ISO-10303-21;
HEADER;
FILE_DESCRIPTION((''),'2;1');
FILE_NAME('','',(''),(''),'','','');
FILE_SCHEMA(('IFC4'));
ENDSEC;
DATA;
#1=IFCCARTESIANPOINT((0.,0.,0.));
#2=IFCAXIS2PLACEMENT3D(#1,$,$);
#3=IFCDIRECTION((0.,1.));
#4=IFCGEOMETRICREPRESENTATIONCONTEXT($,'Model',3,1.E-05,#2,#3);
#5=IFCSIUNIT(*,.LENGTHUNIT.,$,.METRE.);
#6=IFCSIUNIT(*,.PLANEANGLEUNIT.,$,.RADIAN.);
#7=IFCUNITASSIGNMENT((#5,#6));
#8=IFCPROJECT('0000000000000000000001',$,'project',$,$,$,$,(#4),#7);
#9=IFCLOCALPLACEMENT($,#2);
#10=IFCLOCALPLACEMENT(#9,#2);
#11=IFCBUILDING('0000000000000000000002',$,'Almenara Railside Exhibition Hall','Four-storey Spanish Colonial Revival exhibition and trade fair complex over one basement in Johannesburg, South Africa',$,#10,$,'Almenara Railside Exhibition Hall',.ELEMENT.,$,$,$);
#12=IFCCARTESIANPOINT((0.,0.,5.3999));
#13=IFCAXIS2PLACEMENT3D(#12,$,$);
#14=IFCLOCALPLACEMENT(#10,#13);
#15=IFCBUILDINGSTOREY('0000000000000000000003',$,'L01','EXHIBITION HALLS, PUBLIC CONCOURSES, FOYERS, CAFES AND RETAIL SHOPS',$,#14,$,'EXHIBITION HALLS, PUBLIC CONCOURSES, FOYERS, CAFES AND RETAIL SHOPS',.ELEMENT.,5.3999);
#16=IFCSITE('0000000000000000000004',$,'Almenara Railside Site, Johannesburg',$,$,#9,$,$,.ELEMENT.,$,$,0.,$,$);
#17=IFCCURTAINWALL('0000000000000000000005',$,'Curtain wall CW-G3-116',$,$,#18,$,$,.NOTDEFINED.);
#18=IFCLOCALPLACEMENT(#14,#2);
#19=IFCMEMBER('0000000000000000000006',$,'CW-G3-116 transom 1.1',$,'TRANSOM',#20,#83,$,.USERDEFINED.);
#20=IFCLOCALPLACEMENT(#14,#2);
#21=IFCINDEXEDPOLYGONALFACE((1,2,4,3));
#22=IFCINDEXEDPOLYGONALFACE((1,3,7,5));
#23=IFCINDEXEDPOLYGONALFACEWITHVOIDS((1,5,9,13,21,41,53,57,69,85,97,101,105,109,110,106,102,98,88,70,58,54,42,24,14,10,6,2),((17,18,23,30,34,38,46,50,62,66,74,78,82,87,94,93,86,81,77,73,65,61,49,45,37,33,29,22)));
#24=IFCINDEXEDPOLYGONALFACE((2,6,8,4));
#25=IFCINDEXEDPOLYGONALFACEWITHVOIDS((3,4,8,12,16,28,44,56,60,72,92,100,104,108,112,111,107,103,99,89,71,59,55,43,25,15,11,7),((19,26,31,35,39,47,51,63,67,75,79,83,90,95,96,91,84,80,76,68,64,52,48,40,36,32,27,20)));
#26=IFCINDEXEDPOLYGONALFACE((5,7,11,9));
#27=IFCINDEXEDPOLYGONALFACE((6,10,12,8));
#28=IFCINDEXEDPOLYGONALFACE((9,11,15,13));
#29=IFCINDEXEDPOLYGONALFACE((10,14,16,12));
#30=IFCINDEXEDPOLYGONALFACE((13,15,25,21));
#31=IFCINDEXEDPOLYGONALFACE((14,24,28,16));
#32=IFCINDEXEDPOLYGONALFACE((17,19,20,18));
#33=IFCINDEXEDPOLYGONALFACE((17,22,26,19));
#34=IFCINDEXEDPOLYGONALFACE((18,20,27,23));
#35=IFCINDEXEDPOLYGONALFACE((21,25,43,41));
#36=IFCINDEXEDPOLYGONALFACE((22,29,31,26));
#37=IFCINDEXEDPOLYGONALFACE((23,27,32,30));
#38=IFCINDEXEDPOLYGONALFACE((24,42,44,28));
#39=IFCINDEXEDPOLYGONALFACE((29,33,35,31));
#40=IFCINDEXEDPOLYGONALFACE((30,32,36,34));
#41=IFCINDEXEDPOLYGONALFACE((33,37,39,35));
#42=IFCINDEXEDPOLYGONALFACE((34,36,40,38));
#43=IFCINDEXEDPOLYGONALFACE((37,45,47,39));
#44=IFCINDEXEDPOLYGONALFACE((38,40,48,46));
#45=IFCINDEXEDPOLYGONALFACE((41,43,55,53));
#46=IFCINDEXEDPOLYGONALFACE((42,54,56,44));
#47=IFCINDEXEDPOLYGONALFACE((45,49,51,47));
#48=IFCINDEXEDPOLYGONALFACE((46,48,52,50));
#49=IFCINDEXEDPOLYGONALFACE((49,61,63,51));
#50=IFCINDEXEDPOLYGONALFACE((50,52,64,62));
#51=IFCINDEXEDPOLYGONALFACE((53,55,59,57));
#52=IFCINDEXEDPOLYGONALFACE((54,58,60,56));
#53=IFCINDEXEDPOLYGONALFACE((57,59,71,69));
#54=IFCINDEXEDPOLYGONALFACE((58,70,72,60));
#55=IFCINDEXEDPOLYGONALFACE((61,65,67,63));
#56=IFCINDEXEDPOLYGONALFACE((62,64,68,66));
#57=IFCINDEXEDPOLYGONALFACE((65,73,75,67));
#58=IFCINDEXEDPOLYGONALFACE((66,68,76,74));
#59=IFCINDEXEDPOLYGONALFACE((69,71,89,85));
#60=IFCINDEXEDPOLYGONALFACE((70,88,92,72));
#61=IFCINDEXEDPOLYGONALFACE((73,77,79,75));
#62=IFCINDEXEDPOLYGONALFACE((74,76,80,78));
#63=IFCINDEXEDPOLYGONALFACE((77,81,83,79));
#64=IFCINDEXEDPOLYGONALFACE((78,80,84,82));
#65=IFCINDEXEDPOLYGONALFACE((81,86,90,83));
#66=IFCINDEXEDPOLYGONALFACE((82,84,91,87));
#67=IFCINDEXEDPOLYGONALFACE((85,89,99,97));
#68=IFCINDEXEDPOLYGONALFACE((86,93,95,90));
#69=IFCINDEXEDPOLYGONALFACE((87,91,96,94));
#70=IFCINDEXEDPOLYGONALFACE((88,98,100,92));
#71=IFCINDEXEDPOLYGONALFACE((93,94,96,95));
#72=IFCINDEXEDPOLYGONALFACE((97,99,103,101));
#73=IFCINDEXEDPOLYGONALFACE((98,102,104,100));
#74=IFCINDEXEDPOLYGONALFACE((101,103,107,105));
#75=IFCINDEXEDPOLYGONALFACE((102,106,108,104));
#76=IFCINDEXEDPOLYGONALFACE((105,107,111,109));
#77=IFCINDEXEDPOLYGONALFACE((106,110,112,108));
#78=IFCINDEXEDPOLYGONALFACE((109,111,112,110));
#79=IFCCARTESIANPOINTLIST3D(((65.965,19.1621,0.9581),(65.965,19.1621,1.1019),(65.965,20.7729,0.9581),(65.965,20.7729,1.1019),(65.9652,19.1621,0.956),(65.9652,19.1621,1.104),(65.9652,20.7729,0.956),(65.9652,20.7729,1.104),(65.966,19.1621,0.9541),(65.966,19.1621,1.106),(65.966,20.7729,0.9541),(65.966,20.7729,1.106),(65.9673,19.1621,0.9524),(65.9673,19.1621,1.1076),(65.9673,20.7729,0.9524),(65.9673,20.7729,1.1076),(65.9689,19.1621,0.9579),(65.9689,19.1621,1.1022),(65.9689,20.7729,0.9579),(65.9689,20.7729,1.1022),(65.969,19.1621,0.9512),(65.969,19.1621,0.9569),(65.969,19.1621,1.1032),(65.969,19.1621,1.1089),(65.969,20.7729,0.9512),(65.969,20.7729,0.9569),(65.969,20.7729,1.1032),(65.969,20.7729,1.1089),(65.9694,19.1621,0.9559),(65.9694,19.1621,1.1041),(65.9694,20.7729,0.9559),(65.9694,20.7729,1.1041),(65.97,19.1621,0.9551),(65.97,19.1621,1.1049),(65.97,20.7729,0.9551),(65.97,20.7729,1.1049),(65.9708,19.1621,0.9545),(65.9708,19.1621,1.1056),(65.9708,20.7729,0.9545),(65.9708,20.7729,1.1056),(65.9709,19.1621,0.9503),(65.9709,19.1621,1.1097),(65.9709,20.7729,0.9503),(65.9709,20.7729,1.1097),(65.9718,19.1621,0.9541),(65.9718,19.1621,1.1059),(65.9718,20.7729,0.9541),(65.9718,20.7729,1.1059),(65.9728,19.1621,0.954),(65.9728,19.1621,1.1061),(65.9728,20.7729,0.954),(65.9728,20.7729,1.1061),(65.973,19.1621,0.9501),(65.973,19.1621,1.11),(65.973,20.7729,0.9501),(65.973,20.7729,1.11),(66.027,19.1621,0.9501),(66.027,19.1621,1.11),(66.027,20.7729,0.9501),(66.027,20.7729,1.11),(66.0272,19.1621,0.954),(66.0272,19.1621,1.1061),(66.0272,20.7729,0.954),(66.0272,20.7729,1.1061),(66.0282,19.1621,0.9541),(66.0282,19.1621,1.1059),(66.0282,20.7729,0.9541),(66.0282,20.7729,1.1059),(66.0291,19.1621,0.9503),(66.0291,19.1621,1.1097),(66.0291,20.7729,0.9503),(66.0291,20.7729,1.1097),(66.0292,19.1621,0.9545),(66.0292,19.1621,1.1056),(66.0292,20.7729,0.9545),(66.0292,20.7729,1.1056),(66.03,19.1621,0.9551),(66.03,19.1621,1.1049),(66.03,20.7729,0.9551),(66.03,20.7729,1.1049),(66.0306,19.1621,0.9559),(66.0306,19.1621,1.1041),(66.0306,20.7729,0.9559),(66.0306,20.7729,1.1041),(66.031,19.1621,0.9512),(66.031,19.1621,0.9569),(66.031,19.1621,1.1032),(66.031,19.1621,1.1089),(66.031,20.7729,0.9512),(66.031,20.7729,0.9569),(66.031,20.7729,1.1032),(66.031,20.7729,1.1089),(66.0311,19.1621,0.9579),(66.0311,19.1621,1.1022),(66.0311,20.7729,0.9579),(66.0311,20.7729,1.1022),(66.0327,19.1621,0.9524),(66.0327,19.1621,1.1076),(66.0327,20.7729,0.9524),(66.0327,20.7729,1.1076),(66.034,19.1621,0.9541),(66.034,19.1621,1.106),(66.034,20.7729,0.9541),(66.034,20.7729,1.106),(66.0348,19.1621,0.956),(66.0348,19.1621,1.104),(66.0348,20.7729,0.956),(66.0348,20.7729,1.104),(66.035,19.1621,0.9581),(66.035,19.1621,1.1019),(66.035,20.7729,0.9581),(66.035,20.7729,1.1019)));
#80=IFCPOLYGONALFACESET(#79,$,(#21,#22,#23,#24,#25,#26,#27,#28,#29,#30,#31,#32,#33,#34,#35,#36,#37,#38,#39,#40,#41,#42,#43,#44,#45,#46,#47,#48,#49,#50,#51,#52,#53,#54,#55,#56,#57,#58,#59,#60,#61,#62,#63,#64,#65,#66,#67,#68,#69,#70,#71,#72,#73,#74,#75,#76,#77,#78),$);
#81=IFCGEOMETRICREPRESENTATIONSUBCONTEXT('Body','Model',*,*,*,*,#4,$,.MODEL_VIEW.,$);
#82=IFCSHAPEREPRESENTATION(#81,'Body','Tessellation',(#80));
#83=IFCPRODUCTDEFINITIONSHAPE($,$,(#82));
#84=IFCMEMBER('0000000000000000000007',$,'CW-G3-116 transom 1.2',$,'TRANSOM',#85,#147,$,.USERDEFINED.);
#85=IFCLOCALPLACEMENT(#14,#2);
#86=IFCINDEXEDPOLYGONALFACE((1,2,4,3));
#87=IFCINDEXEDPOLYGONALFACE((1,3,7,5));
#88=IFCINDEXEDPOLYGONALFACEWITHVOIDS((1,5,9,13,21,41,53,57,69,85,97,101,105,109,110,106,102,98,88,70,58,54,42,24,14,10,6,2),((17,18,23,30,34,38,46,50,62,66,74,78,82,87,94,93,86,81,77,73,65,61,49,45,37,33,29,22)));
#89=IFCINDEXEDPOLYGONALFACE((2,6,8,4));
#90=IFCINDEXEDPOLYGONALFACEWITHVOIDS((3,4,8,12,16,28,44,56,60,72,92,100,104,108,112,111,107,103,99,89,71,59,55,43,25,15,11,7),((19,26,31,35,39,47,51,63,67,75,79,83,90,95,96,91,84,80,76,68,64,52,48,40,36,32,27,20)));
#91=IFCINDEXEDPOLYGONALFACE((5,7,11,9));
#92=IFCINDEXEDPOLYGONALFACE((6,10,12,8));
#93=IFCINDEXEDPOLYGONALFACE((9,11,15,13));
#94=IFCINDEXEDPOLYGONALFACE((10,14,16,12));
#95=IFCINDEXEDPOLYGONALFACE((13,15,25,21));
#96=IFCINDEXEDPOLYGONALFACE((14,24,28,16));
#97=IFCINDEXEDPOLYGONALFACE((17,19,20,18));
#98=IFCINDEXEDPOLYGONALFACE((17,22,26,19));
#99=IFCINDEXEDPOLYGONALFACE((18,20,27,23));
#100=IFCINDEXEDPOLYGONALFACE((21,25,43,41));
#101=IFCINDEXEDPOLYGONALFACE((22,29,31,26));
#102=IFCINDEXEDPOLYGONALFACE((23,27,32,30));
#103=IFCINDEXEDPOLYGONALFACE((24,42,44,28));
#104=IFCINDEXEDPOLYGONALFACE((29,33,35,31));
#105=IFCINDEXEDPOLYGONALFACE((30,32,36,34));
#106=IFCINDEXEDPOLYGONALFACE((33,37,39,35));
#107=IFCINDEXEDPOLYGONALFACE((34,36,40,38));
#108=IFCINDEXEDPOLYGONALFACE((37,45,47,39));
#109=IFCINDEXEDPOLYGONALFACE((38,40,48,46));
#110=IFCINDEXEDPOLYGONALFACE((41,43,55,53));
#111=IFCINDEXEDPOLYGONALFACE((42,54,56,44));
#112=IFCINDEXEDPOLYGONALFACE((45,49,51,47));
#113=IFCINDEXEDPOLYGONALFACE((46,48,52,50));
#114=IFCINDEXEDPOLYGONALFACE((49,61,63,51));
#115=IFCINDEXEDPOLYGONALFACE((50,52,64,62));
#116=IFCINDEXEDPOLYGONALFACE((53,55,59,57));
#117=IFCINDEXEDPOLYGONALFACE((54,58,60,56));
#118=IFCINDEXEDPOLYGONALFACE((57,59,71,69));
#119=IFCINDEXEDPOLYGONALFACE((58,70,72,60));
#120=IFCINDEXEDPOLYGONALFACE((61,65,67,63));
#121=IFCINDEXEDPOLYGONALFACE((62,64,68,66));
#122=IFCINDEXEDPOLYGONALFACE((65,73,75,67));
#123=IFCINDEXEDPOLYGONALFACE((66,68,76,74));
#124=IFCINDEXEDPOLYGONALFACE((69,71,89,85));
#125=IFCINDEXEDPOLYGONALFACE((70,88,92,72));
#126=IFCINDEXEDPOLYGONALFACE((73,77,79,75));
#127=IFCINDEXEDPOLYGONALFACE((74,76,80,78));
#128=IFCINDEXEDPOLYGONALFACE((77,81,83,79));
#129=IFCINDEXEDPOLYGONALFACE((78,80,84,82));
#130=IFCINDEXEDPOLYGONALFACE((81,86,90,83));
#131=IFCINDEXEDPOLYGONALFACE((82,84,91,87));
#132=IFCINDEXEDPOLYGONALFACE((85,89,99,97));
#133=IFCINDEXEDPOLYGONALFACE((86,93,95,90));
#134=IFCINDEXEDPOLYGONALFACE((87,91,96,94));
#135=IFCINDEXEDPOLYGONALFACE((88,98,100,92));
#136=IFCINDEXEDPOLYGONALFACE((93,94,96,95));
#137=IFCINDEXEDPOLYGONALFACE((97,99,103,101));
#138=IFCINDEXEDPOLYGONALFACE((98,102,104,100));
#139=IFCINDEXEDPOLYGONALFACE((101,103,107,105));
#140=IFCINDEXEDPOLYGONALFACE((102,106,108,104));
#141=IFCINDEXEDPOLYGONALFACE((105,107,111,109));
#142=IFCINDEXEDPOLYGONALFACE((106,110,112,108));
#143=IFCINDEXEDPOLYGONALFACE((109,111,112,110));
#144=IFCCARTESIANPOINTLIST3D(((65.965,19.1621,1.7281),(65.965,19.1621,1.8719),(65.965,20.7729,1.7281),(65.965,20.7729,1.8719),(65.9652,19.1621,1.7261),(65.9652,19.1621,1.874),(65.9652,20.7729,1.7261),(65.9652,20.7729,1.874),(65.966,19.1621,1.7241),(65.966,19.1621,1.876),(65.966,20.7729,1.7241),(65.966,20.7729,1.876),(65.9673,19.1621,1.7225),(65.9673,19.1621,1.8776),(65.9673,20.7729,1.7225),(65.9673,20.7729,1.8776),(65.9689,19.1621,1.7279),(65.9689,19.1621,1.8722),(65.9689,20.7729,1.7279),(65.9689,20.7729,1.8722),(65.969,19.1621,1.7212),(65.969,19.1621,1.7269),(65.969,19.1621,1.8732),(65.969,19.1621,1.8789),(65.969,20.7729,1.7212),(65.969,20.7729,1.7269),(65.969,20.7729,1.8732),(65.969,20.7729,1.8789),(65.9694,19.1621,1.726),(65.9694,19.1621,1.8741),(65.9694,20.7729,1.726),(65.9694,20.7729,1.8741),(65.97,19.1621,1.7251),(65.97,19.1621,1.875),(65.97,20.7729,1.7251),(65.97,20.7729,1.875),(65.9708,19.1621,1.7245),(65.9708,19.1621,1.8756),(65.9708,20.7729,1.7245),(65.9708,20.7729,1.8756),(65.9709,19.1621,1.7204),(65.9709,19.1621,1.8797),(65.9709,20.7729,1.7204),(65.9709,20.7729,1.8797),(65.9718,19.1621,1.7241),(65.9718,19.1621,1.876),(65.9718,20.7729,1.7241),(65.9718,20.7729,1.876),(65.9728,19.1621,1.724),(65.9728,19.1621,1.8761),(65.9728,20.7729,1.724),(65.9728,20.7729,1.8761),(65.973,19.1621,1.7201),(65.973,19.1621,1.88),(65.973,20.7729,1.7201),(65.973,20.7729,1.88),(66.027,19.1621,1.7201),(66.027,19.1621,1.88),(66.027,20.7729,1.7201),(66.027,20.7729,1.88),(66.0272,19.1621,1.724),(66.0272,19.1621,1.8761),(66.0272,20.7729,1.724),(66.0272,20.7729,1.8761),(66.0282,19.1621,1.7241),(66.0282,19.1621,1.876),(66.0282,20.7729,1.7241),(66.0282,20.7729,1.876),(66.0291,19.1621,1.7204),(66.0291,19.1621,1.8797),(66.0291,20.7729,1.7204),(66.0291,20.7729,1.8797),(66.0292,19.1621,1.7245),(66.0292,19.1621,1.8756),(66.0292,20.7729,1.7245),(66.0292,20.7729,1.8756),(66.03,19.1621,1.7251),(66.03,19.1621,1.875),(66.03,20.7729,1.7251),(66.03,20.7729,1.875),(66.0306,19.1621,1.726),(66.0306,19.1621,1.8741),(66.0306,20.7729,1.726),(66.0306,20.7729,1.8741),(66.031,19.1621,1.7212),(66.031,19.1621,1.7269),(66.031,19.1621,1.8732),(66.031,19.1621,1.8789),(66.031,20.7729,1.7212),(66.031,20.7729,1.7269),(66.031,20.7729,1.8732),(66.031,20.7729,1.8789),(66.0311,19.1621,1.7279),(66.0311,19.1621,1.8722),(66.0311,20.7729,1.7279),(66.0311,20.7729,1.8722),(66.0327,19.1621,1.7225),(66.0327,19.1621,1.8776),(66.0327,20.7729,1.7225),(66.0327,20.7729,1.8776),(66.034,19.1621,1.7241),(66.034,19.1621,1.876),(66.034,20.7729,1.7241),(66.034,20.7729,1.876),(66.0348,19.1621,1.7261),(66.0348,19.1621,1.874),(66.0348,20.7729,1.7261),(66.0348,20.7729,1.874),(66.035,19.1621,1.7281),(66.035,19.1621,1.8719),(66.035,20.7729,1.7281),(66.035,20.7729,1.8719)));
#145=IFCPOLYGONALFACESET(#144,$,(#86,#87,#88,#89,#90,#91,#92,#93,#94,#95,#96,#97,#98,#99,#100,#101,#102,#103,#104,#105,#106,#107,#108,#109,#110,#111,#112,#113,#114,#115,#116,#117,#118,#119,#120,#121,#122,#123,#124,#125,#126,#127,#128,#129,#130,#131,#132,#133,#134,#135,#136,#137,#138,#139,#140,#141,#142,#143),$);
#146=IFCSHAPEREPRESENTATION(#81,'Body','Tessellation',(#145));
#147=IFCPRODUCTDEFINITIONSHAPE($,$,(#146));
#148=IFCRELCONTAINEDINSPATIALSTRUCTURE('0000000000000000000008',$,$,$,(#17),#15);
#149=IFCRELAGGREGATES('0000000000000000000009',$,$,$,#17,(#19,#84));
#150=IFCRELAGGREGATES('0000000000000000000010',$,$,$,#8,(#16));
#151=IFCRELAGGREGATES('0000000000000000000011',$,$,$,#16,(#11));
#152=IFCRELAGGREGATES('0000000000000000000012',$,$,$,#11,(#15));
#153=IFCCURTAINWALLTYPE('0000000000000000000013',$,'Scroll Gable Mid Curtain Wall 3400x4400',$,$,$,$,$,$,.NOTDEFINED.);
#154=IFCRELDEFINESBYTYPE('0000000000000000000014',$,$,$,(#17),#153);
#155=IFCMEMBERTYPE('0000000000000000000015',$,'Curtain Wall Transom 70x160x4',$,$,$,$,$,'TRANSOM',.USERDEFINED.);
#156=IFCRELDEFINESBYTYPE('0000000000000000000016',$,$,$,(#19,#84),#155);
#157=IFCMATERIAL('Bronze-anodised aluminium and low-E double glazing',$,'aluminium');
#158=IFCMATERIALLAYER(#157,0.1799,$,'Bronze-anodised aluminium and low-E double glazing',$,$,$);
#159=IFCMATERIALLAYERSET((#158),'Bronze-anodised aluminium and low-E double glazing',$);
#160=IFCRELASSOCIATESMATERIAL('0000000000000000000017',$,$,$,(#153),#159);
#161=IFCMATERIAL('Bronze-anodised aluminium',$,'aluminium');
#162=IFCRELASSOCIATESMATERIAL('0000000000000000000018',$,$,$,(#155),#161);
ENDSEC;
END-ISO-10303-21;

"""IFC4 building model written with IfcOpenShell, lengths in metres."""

from ifc_helpers import new_model, si_unit, direction, frame, origin, origin_2d, place, context, subcontext, project, spatial, hollow_rectangle, extrude, material, layer, layer_set, material_profile, profile_set, type_object, element, aggregate, save


model = new_model("IFC4")

# Units and contexts
model_context = context("Model", 3, precision=1e-05, world=origin(), true_north=direction((0.0, 1.0)))
body_context = subcontext(model_context, "Body", "Model", "MODEL_VIEW")
ifc_project = project(units=[si_unit("LENGTHUNIT", "METRE"), si_unit("PLANEANGLEUNIT", "RADIAN")], contexts=[model_context])

# Site, building, storey
site_placement = place(None, origin())
site = spatial("IfcSite", under=ifc_project, at=site_placement, Name="Almenara Railside Site, Johannesburg", CompositionType="ELEMENT", RefElevation=0.0)
building_placement = place(site_placement, origin())
building = spatial("IfcBuilding", under=site, at=building_placement, Name="Almenara Railside Exhibition Hall", Description="Four-storey Spanish Colonial Revival exhibition and trade fair complex over one basement in Johannesburg, South Africa", LongName="Almenara Railside Exhibition Hall", CompositionType="ELEMENT")
storey_placement = place(building_placement, frame((0.0, 0.0, 5.3999)))
storey = spatial("IfcBuildingStorey", under=building, at=storey_placement, Name="L01", Description="EXHIBITION HALLS, PUBLIC CONCOURSES, FOYERS, CAFES AND RETAIL SHOPS", LongName="EXHIBITION HALLS, PUBLIC CONCOURSES, FOYERS, CAFES AND RETAIL SHOPS", CompositionType="ELEMENT", Elevation=5.3999)

# Shared definitions
ifc_material_1 = material(Name="Bronze-anodised aluminium and low-E double glazing", Category="aluminium")
ifc_layer_1 = layer(ifc_material_1, 0.1799, Name="Bronze-anodised aluminium and low-E double glazing")
ifc_layer_set_1 = layer_set([ifc_layer_1], Name="Bronze-anodised aluminium and low-E double glazing")
curtain_wall_type_1 = type_object("IfcCurtainWallType", Name="Scroll Gable Mid Curtain Wall 3400x4400", PredefinedType="NOTDEFINED", material=ifc_layer_set_1)
ifc_material_2 = material(Name="Bronze-anodised aluminium", Category="aluminium")

# Curtain wall
curtain_wall_1_placement = place(storey_placement, origin())
curtain_wall_1 = element("IfcCurtainWall", 1, at=curtain_wall_1_placement, inside=storey, type_object=curtain_wall_type_1, Name="Curtain wall CW-G3-116", PredefinedType="NOTDEFINED")

# Members
ifc_material_profile_1 = material_profile(ifc_material_2, hollow_rectangle(XDim=0.0701, YDim=0.1599, WallThickness=0.0039, InnerFilletRadius=0.0039, OuterFilletRadius=0.0081, at=origin_2d()), Name="ALU-TRN 70x160x4")
ifc_profile_set_1 = profile_set([ifc_material_profile_1], Name="Bronze-anodised aluminium")
member_type_1 = type_object("IfcMemberType", Name="Curtain Wall Transom 70x160x4", ElementType="TRANSOM", PredefinedType="USERDEFINED", material=ifc_profile_set_1)
member_1_placement = place(storey_placement, frame((66.0, 19.1621, 1.03), z_axis=(0.0, 1.0, 0.0), x_axis=(-1.0, 0.0, 0.0)))
member_1 = element("IfcMember", 2, at=member_1_placement, type_object=member_type_1, Name="CW-G3-116 transom 1.1", ObjectType="TRANSOM", PredefinedType="USERDEFINED", context=body_context, shape_type="SweptSolid", body=[
    extrude(hollow_rectangle(XDim=0.0701, YDim=0.1599, WallThickness=0.0039, InnerFilletRadius=0.0039, OuterFilletRadius=0.0081, at=origin_2d()), origin(), (0.0, 0.0, 1.0), 1.6108),
])
member_2_placement = place(storey_placement, frame((66.0, 19.1621, 1.8), z_axis=(0.0, 1.0, 0.0), x_axis=(-1.0, 0.0, 0.0)))
member_2 = element("IfcMember", 3, at=member_2_placement, type_object=member_type_1, Name="CW-G3-116 transom 1.2", ObjectType="TRANSOM", PredefinedType="USERDEFINED", context=body_context, shape_type="SweptSolid", body=[
    extrude(hollow_rectangle(XDim=0.0701, YDim=0.1599, WallThickness=0.0039, InnerFilletRadius=0.0039, OuterFilletRadius=0.0081, at=origin_2d()), origin(), (0.0, 0.0, 1.0), 1.6108),
])

aggregate(curtain_wall_1, [member_1, member_2])

save(model, "model.ifc")
